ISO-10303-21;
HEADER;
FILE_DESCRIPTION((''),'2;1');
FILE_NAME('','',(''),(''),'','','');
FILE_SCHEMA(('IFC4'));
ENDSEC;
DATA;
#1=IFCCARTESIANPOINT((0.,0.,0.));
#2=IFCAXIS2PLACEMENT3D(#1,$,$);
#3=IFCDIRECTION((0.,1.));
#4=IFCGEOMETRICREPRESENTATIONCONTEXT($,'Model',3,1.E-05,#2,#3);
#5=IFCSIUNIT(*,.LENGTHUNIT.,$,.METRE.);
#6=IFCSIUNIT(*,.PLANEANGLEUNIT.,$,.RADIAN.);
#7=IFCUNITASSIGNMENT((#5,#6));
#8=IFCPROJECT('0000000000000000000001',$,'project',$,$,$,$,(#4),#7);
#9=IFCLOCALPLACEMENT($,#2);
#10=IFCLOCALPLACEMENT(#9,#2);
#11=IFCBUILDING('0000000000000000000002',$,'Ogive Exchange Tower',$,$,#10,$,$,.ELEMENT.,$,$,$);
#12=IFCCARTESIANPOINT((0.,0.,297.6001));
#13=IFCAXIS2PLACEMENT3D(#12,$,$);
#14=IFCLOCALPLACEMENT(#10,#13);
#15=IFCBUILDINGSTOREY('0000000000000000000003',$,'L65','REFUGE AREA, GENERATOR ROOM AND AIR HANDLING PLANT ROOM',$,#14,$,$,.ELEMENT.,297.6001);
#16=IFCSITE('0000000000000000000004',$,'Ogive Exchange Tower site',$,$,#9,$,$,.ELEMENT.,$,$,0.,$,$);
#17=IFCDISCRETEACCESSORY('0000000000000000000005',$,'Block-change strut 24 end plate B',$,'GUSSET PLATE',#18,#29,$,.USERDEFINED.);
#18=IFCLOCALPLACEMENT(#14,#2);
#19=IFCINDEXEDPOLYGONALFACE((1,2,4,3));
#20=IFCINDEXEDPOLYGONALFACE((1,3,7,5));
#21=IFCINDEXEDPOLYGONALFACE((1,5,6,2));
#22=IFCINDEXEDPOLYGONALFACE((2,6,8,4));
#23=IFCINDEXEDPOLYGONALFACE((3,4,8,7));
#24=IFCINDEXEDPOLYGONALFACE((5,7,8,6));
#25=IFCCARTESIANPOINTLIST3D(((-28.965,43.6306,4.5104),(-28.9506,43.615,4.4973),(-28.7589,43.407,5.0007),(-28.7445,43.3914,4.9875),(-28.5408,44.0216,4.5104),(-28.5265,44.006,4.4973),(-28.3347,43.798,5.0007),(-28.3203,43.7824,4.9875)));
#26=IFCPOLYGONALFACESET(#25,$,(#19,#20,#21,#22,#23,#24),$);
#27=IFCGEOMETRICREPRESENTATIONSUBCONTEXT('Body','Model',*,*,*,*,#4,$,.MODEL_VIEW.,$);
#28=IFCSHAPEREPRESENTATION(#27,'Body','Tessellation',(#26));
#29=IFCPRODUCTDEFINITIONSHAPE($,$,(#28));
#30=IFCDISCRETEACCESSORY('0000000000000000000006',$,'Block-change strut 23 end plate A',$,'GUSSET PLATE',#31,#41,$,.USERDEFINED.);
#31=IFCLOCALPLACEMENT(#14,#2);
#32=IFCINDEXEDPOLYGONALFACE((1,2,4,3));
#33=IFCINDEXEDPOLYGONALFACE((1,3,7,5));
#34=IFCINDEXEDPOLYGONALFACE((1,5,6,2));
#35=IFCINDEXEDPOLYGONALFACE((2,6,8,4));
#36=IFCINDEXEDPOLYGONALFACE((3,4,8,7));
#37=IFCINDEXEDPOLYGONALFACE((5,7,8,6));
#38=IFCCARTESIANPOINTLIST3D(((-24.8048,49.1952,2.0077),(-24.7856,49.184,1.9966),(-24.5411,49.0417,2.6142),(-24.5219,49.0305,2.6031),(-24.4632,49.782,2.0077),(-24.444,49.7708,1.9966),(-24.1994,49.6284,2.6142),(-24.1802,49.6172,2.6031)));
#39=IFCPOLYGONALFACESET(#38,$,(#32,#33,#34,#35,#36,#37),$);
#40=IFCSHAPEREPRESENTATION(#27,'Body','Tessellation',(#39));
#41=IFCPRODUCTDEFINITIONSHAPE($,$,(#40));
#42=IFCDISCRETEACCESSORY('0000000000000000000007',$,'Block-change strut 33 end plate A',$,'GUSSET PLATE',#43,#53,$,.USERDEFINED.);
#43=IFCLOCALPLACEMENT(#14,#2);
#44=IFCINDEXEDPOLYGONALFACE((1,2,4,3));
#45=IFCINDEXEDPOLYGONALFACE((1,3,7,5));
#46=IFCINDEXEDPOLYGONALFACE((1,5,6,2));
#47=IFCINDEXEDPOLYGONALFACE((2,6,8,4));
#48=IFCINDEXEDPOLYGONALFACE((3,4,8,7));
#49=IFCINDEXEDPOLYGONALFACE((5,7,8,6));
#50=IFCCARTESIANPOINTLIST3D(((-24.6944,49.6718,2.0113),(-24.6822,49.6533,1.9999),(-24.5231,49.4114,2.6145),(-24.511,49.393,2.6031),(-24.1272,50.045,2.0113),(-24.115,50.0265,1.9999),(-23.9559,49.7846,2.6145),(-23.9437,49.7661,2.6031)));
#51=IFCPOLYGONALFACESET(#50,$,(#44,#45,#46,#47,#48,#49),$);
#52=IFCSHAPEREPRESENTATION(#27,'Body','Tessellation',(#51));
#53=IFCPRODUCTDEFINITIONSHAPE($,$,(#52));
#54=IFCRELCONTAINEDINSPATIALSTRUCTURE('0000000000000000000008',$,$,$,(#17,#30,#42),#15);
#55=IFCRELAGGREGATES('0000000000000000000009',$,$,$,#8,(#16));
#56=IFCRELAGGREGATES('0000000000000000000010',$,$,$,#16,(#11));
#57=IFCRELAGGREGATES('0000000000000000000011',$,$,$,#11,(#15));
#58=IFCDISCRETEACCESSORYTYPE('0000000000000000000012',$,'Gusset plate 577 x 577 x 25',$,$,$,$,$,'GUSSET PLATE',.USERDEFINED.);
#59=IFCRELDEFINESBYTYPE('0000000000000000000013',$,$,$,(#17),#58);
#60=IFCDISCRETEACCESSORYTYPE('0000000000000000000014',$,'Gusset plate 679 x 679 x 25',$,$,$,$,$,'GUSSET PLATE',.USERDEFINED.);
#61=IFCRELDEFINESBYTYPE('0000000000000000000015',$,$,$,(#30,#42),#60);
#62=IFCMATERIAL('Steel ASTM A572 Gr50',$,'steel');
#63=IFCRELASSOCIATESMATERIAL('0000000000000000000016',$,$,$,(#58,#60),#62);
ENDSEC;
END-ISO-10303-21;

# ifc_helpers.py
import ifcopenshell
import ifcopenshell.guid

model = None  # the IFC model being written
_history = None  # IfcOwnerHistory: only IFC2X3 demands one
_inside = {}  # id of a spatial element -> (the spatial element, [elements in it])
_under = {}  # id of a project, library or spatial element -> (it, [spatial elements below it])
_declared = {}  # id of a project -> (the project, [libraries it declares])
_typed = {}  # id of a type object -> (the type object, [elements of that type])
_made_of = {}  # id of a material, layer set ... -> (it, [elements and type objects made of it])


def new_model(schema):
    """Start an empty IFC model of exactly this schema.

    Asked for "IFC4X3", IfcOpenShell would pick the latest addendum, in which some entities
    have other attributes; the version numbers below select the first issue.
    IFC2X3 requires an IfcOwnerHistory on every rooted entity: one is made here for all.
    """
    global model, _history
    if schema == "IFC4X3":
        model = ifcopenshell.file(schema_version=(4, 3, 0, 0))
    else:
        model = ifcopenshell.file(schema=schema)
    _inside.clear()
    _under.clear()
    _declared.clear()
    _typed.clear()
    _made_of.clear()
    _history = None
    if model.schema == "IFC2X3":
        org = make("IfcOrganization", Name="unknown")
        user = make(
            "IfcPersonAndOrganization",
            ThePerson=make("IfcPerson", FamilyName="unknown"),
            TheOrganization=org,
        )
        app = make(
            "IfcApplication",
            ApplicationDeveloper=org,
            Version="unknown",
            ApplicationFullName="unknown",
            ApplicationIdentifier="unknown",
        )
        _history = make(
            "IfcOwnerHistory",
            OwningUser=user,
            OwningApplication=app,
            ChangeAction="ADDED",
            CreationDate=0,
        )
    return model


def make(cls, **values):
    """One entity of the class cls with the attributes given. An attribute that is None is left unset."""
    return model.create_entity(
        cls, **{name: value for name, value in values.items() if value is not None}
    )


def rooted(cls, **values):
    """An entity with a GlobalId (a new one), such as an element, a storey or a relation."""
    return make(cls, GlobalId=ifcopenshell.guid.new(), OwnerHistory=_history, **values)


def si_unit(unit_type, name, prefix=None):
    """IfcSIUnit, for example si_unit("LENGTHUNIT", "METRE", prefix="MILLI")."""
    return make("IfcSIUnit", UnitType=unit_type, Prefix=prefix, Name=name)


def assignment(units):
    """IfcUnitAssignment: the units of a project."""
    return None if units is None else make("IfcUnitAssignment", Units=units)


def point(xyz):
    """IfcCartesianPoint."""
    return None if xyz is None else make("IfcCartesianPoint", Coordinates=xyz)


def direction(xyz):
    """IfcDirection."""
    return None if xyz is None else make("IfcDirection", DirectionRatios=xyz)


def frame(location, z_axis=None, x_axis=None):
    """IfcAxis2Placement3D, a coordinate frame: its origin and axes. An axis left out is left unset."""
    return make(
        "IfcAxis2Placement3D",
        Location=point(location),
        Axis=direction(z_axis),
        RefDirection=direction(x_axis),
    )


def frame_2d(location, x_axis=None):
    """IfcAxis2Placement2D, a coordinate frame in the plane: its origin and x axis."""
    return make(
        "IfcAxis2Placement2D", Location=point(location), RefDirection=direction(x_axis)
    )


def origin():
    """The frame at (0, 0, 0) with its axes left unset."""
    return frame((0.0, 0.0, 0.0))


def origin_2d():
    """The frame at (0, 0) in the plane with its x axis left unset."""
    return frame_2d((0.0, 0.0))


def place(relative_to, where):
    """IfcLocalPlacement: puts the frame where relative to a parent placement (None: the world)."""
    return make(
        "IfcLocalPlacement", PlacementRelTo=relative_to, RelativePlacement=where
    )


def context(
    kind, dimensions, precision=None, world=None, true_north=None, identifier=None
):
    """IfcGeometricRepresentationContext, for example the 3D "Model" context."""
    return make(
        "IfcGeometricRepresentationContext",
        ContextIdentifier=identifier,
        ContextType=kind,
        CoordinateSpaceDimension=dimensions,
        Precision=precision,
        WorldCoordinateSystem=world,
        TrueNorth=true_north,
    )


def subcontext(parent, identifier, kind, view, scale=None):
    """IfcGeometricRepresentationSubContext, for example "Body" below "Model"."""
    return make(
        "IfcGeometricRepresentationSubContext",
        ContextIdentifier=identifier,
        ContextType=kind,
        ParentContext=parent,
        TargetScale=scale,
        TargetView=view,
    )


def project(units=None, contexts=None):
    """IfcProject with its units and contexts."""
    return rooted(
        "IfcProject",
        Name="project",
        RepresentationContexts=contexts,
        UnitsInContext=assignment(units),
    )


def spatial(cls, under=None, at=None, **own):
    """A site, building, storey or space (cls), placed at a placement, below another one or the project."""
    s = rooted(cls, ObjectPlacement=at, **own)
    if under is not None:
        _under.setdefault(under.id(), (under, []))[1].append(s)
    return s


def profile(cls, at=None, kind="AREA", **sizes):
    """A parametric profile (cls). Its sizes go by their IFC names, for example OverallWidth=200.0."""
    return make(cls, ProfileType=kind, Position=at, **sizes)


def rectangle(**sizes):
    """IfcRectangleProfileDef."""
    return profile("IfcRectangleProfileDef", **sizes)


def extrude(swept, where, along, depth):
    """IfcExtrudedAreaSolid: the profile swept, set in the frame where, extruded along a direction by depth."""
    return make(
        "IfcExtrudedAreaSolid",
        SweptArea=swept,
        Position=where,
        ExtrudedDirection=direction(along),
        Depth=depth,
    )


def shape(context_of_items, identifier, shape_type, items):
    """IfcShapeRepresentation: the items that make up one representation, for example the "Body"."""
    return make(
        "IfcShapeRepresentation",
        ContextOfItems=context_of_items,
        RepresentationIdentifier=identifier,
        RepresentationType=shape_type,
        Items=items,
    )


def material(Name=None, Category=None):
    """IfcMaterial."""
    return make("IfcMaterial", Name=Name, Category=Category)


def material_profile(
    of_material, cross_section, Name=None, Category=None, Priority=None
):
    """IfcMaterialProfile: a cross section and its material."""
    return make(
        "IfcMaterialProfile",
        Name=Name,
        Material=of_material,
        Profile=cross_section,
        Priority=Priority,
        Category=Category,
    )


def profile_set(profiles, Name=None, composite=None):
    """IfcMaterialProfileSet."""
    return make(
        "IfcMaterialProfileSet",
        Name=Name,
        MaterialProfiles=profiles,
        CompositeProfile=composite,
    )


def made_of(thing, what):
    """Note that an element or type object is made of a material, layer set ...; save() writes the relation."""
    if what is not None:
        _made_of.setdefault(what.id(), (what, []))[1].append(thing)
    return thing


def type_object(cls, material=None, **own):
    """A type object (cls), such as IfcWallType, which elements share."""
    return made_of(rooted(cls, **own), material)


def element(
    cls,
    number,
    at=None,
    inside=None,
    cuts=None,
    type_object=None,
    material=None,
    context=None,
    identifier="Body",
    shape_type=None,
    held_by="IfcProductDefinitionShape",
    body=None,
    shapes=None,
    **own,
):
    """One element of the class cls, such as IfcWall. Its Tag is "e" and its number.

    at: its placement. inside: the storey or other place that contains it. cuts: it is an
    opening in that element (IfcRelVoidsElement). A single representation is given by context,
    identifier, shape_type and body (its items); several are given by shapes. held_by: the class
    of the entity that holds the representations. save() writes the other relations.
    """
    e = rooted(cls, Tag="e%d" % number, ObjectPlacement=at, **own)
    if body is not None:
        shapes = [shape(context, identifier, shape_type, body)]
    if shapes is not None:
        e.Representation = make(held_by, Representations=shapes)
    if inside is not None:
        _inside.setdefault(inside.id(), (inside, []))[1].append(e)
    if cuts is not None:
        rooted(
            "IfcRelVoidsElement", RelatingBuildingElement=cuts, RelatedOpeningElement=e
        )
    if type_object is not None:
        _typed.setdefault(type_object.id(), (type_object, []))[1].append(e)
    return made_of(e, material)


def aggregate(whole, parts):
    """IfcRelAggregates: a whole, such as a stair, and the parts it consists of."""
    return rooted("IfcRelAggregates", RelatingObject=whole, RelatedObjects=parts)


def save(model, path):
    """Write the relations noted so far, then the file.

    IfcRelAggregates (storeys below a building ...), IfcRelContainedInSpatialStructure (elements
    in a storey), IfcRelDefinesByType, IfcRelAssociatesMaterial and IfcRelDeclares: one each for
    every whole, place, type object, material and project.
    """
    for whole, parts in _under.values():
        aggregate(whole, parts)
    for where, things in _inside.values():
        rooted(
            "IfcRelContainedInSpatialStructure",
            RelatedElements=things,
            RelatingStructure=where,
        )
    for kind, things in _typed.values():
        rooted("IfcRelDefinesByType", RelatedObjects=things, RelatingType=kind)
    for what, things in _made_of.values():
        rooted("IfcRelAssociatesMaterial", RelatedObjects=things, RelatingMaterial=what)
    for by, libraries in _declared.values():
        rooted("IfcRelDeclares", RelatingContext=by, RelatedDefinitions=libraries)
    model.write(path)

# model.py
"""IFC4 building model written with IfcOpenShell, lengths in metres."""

from ifc_helpers import new_model, si_unit, direction, frame, origin, origin_2d, place, context, subcontext, project, spatial, rectangle, extrude, material, material_profile, profile_set, type_object, element, save


model = new_model("IFC4")

# Units and contexts
model_context = context("Model", 3, precision=1e-05, world=origin(), true_north=direction((0.0, 1.0)))
body_context = subcontext(model_context, "Body", "Model", "MODEL_VIEW")
ifc_project = project(units=[si_unit("LENGTHUNIT", "METRE"), si_unit("PLANEANGLEUNIT", "RADIAN")], contexts=[model_context])

# Site, building, storey
site_placement = place(None, origin())
site = spatial("IfcSite", under=ifc_project, at=site_placement, Name="Ogive Exchange Tower site", CompositionType="ELEMENT", RefElevation=0.0)
building_placement = place(site_placement, origin())
building = spatial("IfcBuilding", under=site, at=building_placement, Name="Ogive Exchange Tower", CompositionType="ELEMENT")
storey_placement = place(building_placement, frame((0.0, 0.0, 297.6001)))
storey = spatial("IfcBuildingStorey", under=building, at=storey_placement, Name="L65", Description="REFUGE AREA, GENERATOR ROOM AND AIR HANDLING PLANT ROOM", CompositionType="ELEMENT", Elevation=297.6001)

# Discrete accessories
ifc_material_1 = material(Name="Steel ASTM A572 Gr50", Category="steel")
ifc_material_profile_1 = material_profile(ifc_material_1, rectangle(XDim=0.5769, YDim=0.5769, at=origin_2d()), Name="PL 577 x 577 x 25")
ifc_profile_set_1 = profile_set([ifc_material_profile_1], Name="Steel ASTM A572 Gr50")
discrete_accessory_type_1 = type_object("IfcDiscreteAccessoryType", Name="Gusset plate 577 x 577 x 25", ElementType="GUSSET PLATE", PredefinedType="USERDEFINED", material=ifc_profile_set_1)
discrete_accessory_1_placement = place(storey_placement, frame((-28.6355, 43.6987, 4.7424), z_axis=(-0.575973, 0.624784, 0.527162), x_axis=(-0.735244, -0.677803, 0.0)))
element("IfcDiscreteAccessory", 1, at=discrete_accessory_1_placement, inside=storey, type_object=discrete_accessory_type_1, Name="Block-change strut 24 end plate B", ObjectType="GUSSET PLATE", PredefinedType="USERDEFINED", context=body_context, shape_type="SweptSolid", body=[
    extrude(rectangle(XDim=0.5769, YDim=0.5769, at=origin_2d()), origin(), (0.0, 0.0, 1.0), 0.0249),
])
ifc_material_profile_2 = material_profile(ifc_material_1, rectangle(XDim=0.679, YDim=0.679, at=origin_2d()), Name="PL 679 x 679 x 25")
ifc_profile_set_2 = profile_set([ifc_material_profile_2], Name="Steel ASTM A572 Gr50")
discrete_accessory_type_2 = type_object("IfcDiscreteAccessoryType", Name="Gusset plate 679 x 679 x 25", ElementType="GUSSET PLATE", PredefinedType="USERDEFINED", material=ifc_profile_set_2)
for number, where, z_axis, x_axis, name in (
    (2, (-24.4829, 49.4006, 2.2998), (-0.771954, 0.449492, 0.449492), (-0.503191, -0.864175, 0.0), "Block-change strut 23 end plate A"),
    (3, (-24.313, 49.7097, 2.3015), (-0.488299, 0.742214, 0.459001), (-0.835417, -0.549617, 0.0), "Block-change strut 33 end plate A"),
):
    element("IfcDiscreteAccessory", number, at=place(storey_placement, frame(where, z_axis=z_axis, x_axis=x_axis)), inside=storey, type_object=discrete_accessory_type_2, Name=name, ObjectType="GUSSET PLATE", PredefinedType="USERDEFINED", context=body_context, shape_type="SweptSolid", body=[
        extrude(rectangle(XDim=0.679, YDim=0.679, at=origin_2d()), origin(), (0.0, 0.0, 1.0), 0.0249),
    ])

save(model, "model.ifc")
